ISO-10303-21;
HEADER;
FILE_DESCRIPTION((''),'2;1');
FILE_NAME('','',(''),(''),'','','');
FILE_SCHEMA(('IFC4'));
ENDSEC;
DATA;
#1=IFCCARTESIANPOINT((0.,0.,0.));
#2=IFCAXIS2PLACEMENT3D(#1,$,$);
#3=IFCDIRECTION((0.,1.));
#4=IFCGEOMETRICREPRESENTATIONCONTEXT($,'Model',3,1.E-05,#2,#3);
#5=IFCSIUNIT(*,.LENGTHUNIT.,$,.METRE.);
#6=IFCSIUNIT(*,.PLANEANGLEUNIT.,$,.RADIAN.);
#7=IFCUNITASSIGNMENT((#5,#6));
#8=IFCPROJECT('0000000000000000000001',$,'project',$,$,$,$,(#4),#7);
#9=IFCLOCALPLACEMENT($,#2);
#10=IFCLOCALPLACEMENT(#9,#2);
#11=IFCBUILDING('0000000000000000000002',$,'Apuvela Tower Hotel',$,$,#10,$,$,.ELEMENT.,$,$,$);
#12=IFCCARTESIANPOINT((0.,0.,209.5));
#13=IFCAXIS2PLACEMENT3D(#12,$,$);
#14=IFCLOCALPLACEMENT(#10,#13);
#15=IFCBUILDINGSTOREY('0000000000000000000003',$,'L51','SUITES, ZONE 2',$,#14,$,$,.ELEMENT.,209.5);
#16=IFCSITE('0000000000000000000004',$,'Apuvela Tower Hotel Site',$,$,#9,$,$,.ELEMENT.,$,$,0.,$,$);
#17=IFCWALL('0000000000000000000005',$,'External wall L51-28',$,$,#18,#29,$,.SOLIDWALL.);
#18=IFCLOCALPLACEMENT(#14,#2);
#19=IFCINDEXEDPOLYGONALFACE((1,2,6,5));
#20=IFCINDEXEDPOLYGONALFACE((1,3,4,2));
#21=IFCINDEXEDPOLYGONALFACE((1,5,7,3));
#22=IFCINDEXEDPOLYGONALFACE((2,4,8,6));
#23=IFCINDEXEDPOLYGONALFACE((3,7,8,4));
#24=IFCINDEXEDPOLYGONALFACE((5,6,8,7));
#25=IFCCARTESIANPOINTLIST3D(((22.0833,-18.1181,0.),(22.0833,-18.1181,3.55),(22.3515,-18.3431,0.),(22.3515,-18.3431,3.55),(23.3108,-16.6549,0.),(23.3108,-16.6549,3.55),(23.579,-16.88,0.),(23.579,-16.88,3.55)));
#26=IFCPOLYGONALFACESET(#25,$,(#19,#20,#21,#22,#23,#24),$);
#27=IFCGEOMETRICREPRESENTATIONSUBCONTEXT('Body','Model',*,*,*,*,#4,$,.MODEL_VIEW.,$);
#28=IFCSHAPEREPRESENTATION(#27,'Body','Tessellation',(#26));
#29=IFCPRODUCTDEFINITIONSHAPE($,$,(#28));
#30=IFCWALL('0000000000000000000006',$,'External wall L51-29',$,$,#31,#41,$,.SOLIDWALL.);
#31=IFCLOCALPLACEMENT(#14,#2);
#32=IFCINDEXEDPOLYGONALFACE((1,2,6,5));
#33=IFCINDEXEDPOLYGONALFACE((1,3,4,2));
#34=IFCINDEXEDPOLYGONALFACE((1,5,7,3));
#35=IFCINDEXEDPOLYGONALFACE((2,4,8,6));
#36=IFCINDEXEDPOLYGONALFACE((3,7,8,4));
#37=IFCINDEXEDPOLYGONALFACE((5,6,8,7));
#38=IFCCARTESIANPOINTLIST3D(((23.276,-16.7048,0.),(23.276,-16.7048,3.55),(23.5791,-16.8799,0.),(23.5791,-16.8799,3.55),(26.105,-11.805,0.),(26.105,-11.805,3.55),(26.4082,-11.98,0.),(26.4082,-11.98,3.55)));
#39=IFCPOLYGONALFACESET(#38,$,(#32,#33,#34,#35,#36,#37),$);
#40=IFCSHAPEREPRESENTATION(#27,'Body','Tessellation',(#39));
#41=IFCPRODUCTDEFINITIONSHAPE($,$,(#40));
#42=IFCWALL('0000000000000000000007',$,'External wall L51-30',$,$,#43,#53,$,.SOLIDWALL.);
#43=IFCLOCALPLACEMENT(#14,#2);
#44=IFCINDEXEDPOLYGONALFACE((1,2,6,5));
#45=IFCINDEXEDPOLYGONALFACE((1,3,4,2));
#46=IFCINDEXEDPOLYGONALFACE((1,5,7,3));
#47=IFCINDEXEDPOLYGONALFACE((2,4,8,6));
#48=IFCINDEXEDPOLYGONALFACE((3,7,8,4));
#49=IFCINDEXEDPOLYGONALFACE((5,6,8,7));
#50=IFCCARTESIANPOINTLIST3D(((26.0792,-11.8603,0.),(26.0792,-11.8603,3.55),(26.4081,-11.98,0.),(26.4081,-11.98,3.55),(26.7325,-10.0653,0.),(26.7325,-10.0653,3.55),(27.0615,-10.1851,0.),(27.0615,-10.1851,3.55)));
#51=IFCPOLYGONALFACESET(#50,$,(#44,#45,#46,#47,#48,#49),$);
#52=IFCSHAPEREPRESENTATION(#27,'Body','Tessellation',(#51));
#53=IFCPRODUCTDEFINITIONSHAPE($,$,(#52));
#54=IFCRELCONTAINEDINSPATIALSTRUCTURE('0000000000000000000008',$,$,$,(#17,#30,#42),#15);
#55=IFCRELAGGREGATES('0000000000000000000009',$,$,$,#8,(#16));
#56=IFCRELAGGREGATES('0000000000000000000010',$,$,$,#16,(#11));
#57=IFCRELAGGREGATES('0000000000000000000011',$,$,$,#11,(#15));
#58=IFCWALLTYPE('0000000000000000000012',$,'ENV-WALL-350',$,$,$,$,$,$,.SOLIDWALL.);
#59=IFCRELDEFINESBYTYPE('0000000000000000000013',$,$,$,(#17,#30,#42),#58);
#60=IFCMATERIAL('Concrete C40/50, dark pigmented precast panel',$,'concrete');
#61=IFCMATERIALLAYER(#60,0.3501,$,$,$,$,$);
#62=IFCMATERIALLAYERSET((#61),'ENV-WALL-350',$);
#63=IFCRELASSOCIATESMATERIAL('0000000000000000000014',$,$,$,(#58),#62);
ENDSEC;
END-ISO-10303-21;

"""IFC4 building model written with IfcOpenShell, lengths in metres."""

from ifc_helpers import new_model, si_unit, direction, frame, frame_2d, origin, place, context, subcontext, project, spatial, rectangle, extrude, material, layer, layer_set, type_object, element, save


model = new_model("IFC4")

# Units and contexts
model_context = context("Model", 3, precision=1e-05, world=origin(), true_north=direction((0.0, 1.0)))
body_context = subcontext(model_context, "Body", "Model", "MODEL_VIEW")
ifc_project = project(units=[si_unit("LENGTHUNIT", "METRE"), si_unit("PLANEANGLEUNIT", "RADIAN")], contexts=[model_context])

# Site, building, storey
site_placement = place(None, origin())
site = spatial("IfcSite", under=ifc_project, at=site_placement, Name="Apuvela Tower Hotel Site", CompositionType="ELEMENT", RefElevation=0.0)
building_placement = place(site_placement, origin())
building = spatial("IfcBuilding", under=site, at=building_placement, Name="Apuvela Tower Hotel", CompositionType="ELEMENT")
storey_placement = place(building_placement, frame((0.0, 0.0, 209.5)))
storey = spatial("IfcBuildingStorey", under=building, at=storey_placement, Name="L51", Description="SUITES, ZONE 2", CompositionType="ELEMENT", Elevation=209.5)

# Shared definitions
ifc_material_1 = material(Name="Concrete C40/50, dark pigmented precast panel", Category="concrete")
ifc_layer_1 = layer(ifc_material_1, 0.3501)
ifc_layer_set_1 = layer_set([ifc_layer_1], Name="ENV-WALL-350")
wall_type_1 = type_object("IfcWallType", Name="ENV-WALL-350", PredefinedType="SOLIDWALL", material=ifc_layer_set_1)

# Walls
for number, where, z_axis, x_axis, name in (
    (1, (22.2173, -18.2307, 0.0), (0.0, 0.0, 1.0), (0.642733, 0.76609, 0.0), "External wall L51-28"),
):
    element("IfcWall", number, at=place(storey_placement, frame(where, z_axis=z_axis, x_axis=x_axis)), inside=storey, type_object=wall_type_1, Name=name, PredefinedType="SOLIDWALL", context=body_context, shape_type="SweptSolid", body=[
        extrude(rectangle(XDim=1.9099, YDim=0.3501, at=frame_2d((0.9551, 0.0))), origin(), (0.0, 0.0, 1.0), 3.55),
    ])
wall_1_placement = place(storey_placement, frame((23.4275, -16.7925, 0.0), z_axis=(0.0, 0.0, 1.0), x_axis=(0.500019, 0.866015, 0.0)))
element("IfcWall", 2, at=wall_1_placement, inside=storey, type_object=wall_type_1, Name="External wall L51-29", PredefinedType="SOLIDWALL", context=body_context, shape_type="SweptSolid", body=[
    extrude(rectangle(XDim=5.658, YDim=0.3501, at=frame_2d((2.8291, 0.0))), origin(), (0.0, 0.0, 1.0), 3.55),
])
wall_2_placement = place(storey_placement, frame((26.2437, -11.9202, 0.0), z_axis=(0.0, 0.0, 1.0), x_axis=(0.34203, 0.939689, 0.0)))
element("IfcWall", 3, at=wall_2_placement, inside=storey, type_object=wall_type_1, Name="External wall L51-30", PredefinedType="SOLIDWALL", context=body_context, shape_type="SweptSolid", body=[
    extrude(rectangle(XDim=1.9102, YDim=0.3501, at=frame_2d((0.9551, 0.0))), origin(), (0.0, 0.0, 1.0), 3.55),
])

save(model, "model.ifc")
